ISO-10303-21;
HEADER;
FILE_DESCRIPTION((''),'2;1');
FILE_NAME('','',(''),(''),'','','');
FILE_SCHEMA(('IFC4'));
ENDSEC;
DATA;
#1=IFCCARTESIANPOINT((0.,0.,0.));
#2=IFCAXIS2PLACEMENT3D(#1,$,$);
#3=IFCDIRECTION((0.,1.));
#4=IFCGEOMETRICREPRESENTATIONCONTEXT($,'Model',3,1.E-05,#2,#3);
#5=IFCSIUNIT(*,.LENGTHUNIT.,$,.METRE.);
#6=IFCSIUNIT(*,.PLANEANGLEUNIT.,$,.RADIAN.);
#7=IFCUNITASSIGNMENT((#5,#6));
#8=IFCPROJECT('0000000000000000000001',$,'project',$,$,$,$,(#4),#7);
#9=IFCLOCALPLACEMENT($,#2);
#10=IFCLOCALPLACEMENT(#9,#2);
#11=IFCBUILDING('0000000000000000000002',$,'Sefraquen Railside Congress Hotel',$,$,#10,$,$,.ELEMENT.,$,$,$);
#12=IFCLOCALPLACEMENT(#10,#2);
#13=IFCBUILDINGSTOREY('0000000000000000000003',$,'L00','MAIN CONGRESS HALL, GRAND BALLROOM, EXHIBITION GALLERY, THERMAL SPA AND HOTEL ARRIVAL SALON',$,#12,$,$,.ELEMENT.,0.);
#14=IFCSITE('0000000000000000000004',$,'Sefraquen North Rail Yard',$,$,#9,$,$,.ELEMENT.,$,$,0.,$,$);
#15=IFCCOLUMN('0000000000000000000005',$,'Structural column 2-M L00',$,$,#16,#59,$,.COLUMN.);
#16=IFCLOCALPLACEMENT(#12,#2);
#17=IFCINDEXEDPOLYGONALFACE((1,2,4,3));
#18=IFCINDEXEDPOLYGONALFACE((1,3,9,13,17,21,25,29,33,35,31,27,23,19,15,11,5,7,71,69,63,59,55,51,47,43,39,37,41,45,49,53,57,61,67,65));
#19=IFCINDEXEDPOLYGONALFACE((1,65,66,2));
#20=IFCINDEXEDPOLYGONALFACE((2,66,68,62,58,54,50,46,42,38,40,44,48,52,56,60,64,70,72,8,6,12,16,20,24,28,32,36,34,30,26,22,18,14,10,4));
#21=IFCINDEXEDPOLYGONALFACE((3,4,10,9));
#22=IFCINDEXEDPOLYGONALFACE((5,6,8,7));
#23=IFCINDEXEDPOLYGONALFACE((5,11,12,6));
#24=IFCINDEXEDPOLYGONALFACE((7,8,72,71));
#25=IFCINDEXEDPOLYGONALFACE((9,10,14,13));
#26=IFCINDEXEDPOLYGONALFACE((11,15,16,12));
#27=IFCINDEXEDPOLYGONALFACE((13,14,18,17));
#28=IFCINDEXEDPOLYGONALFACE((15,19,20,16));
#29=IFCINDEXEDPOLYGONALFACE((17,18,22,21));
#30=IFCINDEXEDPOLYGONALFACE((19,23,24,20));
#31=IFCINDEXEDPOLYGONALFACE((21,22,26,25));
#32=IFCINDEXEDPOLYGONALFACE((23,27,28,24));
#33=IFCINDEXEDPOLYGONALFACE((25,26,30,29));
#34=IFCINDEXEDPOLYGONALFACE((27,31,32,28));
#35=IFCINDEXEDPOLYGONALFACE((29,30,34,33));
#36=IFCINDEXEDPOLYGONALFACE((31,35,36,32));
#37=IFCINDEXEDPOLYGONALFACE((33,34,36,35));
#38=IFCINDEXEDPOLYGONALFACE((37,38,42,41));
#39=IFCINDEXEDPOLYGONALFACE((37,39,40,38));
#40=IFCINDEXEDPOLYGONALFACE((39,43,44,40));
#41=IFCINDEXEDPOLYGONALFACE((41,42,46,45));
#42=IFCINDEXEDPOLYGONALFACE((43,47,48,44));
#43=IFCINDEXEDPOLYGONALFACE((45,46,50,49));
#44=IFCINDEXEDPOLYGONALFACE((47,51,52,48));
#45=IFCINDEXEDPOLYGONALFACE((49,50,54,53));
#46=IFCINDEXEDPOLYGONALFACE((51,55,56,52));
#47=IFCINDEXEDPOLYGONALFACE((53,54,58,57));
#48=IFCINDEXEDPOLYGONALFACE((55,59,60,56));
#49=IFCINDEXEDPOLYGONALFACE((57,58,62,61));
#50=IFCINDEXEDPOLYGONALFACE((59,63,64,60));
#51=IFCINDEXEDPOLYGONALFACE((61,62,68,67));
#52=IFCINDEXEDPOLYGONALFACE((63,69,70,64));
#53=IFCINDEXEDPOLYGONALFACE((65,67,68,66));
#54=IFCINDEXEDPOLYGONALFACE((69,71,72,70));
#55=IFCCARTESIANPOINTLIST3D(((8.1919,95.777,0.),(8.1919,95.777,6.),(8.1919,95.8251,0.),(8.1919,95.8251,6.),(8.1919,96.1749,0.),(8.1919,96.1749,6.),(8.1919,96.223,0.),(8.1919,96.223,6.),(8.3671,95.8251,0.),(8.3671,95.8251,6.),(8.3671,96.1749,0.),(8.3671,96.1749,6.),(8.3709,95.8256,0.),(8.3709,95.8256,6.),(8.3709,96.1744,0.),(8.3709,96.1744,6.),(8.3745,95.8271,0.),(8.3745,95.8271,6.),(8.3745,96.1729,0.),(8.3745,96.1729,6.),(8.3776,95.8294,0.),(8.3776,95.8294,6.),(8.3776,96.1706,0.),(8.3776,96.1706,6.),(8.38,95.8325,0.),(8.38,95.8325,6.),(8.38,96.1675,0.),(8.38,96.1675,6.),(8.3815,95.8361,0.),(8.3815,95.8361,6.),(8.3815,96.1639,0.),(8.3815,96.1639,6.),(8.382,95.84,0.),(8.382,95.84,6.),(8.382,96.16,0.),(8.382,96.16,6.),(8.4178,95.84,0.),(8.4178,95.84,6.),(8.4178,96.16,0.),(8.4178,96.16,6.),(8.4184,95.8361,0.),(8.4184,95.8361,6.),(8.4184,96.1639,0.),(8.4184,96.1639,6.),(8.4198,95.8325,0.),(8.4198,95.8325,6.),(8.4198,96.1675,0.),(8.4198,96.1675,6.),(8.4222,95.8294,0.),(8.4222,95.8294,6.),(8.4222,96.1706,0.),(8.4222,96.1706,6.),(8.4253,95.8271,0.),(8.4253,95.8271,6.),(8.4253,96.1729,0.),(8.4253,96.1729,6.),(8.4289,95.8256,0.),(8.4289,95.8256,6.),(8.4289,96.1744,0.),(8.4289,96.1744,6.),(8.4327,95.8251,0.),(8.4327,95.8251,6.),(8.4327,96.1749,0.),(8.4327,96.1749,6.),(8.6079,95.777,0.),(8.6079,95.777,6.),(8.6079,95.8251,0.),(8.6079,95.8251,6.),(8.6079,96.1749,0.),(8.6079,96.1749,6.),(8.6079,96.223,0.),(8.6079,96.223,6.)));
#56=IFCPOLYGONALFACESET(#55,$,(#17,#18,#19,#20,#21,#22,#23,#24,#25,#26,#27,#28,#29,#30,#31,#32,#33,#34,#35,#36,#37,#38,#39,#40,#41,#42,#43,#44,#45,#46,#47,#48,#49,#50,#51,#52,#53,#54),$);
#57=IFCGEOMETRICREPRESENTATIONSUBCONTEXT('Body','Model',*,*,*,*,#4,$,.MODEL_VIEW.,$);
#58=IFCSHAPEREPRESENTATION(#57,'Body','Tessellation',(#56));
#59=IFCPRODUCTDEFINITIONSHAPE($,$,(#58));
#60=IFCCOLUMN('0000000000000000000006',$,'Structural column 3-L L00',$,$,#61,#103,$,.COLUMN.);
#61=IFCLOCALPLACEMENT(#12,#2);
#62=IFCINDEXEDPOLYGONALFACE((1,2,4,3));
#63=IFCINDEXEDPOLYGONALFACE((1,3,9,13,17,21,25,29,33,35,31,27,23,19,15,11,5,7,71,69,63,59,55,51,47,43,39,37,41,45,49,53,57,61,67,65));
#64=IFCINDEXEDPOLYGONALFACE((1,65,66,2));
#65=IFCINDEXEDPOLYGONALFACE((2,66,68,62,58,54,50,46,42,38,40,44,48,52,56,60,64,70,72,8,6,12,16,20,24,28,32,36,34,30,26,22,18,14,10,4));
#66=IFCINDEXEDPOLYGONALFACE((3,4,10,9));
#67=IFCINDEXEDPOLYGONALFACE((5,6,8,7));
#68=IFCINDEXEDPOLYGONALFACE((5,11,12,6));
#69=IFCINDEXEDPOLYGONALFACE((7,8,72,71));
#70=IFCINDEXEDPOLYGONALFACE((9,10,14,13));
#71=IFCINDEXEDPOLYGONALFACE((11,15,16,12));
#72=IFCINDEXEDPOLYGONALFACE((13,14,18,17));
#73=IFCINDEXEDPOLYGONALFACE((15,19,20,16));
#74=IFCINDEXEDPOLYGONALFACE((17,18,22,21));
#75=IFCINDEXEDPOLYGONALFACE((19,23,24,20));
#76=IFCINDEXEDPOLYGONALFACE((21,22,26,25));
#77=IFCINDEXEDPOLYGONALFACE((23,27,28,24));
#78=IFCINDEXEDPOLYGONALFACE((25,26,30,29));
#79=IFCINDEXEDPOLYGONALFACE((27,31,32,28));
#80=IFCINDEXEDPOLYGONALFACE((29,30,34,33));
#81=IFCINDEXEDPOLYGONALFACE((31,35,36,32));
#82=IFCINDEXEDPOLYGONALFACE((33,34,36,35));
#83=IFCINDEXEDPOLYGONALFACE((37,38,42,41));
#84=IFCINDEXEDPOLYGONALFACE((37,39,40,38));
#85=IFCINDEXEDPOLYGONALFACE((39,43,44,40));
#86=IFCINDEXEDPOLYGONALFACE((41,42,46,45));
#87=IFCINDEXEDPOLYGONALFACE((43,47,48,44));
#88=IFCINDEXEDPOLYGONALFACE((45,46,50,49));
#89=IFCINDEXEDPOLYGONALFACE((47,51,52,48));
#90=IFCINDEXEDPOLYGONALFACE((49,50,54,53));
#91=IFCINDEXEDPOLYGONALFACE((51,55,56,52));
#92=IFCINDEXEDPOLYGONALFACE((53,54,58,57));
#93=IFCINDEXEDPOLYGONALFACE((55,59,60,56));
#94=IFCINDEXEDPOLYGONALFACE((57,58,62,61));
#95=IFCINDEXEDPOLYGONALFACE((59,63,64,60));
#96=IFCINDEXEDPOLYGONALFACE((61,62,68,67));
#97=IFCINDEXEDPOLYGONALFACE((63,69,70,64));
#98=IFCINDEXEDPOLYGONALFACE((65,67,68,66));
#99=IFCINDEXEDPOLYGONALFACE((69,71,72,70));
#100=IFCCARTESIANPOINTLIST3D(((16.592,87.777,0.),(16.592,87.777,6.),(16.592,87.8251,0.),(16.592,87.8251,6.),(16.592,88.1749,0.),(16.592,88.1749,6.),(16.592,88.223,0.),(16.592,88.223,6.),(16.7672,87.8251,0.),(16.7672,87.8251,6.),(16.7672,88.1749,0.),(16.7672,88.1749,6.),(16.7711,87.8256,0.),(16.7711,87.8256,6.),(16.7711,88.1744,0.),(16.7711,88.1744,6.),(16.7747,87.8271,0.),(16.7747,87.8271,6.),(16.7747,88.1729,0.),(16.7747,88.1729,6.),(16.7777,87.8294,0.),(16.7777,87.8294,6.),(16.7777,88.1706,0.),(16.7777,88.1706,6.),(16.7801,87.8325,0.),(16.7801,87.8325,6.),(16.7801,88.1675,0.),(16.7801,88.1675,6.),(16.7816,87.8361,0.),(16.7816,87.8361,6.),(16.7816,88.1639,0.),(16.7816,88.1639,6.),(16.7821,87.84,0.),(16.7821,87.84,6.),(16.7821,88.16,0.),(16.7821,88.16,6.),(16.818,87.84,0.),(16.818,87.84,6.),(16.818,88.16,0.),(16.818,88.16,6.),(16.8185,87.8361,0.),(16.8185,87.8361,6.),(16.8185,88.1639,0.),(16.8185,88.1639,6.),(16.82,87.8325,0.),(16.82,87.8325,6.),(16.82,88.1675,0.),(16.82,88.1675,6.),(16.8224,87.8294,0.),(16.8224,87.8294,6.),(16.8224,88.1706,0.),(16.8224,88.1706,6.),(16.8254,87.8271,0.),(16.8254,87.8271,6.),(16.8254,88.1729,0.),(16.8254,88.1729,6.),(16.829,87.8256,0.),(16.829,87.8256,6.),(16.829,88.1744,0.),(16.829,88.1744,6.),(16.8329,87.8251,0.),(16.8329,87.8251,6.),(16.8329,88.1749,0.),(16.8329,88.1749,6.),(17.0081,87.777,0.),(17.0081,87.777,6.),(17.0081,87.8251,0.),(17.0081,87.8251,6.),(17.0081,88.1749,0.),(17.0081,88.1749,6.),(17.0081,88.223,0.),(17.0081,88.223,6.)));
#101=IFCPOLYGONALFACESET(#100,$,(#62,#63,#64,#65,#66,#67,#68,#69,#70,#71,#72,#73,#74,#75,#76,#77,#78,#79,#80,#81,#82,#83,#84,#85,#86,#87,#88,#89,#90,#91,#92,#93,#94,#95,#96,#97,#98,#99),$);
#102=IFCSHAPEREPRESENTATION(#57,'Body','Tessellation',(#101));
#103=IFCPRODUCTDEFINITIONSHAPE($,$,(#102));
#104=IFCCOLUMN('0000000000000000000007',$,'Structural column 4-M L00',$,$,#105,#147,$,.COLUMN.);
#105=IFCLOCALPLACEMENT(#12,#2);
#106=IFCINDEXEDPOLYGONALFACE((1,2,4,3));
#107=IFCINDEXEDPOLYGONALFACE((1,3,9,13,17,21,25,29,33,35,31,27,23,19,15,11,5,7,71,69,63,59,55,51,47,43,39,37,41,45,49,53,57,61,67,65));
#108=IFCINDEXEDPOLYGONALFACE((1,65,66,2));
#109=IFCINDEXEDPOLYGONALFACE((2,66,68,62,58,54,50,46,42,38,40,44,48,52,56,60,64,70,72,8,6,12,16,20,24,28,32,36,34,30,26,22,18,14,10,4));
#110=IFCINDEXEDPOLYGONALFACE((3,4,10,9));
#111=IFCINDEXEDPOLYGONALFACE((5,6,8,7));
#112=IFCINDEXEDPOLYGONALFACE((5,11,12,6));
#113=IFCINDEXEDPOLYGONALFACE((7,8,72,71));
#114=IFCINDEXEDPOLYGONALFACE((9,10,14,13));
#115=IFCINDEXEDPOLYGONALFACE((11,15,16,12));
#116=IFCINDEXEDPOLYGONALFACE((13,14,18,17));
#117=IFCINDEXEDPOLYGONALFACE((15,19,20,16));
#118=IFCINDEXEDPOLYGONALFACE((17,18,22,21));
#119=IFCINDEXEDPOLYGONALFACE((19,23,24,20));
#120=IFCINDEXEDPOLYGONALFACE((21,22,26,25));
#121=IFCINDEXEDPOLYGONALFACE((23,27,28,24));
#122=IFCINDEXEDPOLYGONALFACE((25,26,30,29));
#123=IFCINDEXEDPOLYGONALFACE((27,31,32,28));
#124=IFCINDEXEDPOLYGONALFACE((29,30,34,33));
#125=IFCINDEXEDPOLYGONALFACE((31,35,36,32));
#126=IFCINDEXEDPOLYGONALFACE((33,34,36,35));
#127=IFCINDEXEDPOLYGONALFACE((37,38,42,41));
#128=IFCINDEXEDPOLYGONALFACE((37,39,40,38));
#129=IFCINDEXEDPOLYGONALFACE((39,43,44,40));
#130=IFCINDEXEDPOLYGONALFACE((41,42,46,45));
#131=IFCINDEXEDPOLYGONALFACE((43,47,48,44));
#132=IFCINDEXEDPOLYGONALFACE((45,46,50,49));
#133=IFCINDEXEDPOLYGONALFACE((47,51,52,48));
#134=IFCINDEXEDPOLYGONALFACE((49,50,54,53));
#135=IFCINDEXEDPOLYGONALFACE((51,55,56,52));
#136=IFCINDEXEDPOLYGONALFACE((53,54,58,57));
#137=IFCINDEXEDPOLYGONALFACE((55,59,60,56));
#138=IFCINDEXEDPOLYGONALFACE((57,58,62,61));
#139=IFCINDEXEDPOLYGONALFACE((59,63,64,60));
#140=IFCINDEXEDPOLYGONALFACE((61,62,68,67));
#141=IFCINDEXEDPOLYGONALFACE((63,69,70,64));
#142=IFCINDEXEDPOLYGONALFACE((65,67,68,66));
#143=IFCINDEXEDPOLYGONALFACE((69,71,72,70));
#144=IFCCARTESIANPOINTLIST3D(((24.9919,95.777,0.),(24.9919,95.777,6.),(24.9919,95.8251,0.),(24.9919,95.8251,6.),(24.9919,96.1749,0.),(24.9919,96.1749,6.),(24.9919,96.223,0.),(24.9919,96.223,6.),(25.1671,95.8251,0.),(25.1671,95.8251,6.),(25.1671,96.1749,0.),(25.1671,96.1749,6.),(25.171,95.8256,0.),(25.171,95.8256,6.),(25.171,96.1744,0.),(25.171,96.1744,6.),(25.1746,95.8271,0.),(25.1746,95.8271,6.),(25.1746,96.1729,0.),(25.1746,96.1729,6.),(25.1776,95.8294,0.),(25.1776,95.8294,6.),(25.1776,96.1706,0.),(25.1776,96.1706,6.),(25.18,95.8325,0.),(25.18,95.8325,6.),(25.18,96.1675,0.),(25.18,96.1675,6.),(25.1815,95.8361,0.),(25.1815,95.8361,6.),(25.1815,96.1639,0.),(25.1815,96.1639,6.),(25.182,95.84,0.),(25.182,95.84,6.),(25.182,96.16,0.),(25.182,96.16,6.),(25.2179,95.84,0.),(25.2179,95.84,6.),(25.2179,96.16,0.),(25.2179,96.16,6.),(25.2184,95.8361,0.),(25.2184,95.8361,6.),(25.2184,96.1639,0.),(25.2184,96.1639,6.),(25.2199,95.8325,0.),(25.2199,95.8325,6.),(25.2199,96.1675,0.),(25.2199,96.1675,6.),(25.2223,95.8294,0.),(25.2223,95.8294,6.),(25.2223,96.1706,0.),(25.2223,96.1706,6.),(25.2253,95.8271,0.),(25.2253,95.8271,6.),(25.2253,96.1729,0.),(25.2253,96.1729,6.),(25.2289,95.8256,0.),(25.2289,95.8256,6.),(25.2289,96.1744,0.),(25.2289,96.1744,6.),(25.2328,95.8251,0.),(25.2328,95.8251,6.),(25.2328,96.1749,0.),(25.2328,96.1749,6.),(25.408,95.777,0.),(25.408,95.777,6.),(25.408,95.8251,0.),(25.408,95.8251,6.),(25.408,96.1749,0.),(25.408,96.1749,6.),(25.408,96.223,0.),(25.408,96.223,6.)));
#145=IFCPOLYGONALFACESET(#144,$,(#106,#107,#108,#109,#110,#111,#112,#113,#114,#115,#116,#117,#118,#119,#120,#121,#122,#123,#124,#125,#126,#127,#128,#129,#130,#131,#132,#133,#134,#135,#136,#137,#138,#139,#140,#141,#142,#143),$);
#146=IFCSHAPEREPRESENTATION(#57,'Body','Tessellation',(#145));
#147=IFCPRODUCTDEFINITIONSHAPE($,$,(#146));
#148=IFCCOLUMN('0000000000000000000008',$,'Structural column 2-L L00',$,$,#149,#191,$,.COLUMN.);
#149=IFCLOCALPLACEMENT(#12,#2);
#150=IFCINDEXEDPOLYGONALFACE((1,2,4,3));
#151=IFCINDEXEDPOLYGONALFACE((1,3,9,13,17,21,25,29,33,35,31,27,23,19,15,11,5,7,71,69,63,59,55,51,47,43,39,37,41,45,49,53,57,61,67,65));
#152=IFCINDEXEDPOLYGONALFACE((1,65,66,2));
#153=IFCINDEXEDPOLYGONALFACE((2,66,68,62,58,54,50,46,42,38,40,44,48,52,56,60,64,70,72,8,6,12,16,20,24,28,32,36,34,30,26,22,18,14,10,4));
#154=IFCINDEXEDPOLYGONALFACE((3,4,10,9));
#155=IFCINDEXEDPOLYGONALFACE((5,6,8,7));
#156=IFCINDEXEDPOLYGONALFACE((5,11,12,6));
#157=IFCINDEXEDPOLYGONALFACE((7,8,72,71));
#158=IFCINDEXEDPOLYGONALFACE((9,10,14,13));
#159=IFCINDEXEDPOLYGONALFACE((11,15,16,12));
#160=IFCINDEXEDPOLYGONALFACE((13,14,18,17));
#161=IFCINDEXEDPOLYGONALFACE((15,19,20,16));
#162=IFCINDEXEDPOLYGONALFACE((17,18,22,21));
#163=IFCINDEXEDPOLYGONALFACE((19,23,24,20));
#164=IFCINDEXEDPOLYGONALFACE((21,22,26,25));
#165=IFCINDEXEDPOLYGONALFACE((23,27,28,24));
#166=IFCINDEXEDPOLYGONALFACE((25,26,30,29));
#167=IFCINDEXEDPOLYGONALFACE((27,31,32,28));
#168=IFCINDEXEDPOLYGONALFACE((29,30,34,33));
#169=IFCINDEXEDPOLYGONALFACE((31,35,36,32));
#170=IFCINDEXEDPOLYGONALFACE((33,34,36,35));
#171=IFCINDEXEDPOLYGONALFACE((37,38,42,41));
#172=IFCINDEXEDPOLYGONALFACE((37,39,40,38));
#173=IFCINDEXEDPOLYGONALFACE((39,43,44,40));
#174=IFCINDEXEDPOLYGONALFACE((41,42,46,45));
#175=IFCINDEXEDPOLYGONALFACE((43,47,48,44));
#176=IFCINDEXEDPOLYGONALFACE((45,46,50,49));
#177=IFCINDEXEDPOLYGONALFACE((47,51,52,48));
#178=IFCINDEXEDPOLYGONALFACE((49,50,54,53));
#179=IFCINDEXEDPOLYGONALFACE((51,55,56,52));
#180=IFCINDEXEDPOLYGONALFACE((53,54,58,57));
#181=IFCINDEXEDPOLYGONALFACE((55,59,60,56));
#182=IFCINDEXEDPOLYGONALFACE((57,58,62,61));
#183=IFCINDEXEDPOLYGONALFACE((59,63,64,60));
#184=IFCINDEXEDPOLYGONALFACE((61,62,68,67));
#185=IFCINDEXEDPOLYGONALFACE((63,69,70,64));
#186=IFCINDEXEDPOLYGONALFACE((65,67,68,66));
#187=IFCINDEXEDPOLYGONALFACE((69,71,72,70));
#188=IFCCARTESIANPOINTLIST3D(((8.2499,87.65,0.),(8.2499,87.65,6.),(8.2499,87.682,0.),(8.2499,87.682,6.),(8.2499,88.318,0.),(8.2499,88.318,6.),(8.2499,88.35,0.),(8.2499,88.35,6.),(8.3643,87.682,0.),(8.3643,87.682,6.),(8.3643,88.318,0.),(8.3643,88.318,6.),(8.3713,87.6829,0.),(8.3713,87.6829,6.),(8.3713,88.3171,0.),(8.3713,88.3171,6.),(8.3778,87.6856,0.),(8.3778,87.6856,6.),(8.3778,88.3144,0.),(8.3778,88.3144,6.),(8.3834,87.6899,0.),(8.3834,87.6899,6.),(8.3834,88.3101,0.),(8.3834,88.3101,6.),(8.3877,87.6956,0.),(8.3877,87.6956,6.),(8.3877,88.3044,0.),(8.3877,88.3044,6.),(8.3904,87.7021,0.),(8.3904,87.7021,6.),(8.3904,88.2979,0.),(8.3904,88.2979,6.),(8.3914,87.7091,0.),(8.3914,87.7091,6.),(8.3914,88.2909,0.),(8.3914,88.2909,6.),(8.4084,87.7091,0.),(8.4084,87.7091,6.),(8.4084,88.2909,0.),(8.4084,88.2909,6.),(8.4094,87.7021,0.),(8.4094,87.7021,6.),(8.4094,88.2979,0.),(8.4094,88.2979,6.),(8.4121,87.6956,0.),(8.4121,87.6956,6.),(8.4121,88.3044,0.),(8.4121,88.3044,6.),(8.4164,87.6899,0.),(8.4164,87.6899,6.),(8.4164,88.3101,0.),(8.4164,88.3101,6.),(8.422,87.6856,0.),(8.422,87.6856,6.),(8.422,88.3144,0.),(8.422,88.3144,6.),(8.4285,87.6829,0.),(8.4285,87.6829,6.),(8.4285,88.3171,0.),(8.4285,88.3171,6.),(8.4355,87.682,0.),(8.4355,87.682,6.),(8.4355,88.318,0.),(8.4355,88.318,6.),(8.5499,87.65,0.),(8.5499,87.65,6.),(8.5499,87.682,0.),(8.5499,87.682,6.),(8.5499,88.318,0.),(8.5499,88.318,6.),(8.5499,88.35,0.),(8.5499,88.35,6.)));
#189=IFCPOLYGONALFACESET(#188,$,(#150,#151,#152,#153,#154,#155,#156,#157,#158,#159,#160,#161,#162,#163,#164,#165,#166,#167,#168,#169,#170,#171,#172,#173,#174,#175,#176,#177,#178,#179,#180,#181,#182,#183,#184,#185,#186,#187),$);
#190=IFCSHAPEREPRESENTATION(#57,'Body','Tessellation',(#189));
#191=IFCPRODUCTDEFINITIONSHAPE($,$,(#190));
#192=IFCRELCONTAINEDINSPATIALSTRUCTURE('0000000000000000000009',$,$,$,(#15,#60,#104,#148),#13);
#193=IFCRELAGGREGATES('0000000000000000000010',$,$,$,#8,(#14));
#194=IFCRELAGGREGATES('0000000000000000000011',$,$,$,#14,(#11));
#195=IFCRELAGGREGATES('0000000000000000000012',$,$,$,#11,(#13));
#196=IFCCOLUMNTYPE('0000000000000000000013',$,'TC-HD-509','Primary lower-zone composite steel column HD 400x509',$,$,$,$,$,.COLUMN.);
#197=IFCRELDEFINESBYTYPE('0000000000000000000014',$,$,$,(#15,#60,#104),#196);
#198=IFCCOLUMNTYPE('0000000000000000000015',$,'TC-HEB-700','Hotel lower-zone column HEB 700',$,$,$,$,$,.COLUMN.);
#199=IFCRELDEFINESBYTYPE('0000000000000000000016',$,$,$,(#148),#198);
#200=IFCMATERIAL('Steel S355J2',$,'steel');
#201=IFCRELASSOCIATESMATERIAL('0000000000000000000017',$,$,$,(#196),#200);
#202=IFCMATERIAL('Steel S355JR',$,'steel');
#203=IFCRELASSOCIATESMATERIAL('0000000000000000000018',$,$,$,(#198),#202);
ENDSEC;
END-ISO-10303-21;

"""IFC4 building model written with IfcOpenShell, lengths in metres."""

from ifc_helpers import new_model, si_unit, direction, frame, origin, origin_2d, place, context, subcontext, project, spatial, i_section, extrude, material, material_profile, profile_set, type_object, element, save


model = new_model("IFC4")

# Units and contexts
model_context = context("Model", 3, precision=1e-05, world=origin(), true_north=direction((0.0, 1.0)))
body_context = subcontext(model_context, "Body", "Model", "MODEL_VIEW")
ifc_project = project(units=[si_unit("LENGTHUNIT", "METRE"), si_unit("PLANEANGLEUNIT", "RADIAN")], contexts=[model_context])

# Site, building, storey
site_placement = place(None, origin())
site = spatial("IfcSite", under=ifc_project, at=site_placement, Name="Sefraquen North Rail Yard", CompositionType="ELEMENT", RefElevation=0.0)
building_placement = place(site_placement, origin())
building = spatial("IfcBuilding", under=site, at=building_placement, Name="Sefraquen Railside Congress Hotel", CompositionType="ELEMENT")
storey_placement = place(building_placement, origin())
storey = spatial("IfcBuildingStorey", under=building, at=storey_placement, Name="L00", Description="MAIN CONGRESS HALL, GRAND BALLROOM, EXHIBITION GALLERY, THERMAL SPA AND HOTEL ARRIVAL SALON", CompositionType="ELEMENT", Elevation=0.0)

# Columns
ifc_material_1 = material(Name="Steel S355J2", Category="steel")
ifc_material_profile_1 = material_profile(ifc_material_1, i_section(OverallWidth=0.416, OverallDepth=0.446, WebThickness=0.0359, FlangeThickness=0.0481, FilletRadius=0.0149, at=origin_2d()), Name="HD 400x509")
ifc_profile_set_1 = profile_set([ifc_material_profile_1], Name="Steel S355J2")
column_type_1 = type_object("IfcColumnType", Name="TC-HD-509", Description="Primary lower-zone composite steel column HD 400x509", PredefinedType="COLUMN", material=ifc_profile_set_1)
for number, where, z_axis, x_axis, name in (
    (1, (8.3999, 96.0, 0.0), (0.0, 0.0, 1.0), (1.0, 0.0, 0.0), "Structural column 2-M L00"),
    (2, (16.8, 88.0, 0.0), (0.0, 0.0, 1.0), (1.0, 0.0, 0.0), "Structural column 3-L L00"),
    (3, (25.2, 96.0, 0.0), (0.0, 0.0, 1.0), (1.0, 0.0, 0.0), "Structural column 4-M L00"),
):
    element("IfcColumn", number, at=place(storey_placement, frame(where, z_axis=z_axis, x_axis=x_axis)), inside=storey, type_object=column_type_1, Name=name, PredefinedType="COLUMN", context=body_context, shape_type="SweptSolid", body=[
        extrude(i_section(OverallWidth=0.416, OverallDepth=0.446, WebThickness=0.0359, FlangeThickness=0.0481, FilletRadius=0.0149, at=origin_2d()), origin(), (0.0, 0.0, 1.0), 6.0),
    ])
ifc_material_2 = material(Name="Steel S355JR", Category="steel")
ifc_material_profile_2 = material_profile(ifc_material_2, i_section(OverallWidth=0.3, OverallDepth=0.7, WebThickness=0.0171, FlangeThickness=0.032, FilletRadius=0.0271, at=origin_2d()), Name="HEB 700")
ifc_profile_set_2 = profile_set([ifc_material_profile_2], Name="Steel S355JR")
column_type_2 = type_object("IfcColumnType", Name="TC-HEB-700", Description="Hotel lower-zone column HEB 700", PredefinedType="COLUMN", material=ifc_profile_set_2)
for number, where, z_axis, x_axis, name in (
    (4, (8.3999, 88.0, 0.0), (0.0, 0.0, 1.0), (1.0, 0.0, 0.0), "Structural column 2-L L00"),
):
    element("IfcColumn", number, at=place(storey_placement, frame(where, z_axis=z_axis, x_axis=x_axis)), inside=storey, type_object=column_type_2, Name=name, PredefinedType="COLUMN", context=body_context, shape_type="SweptSolid", body=[
        extrude(i_section(OverallWidth=0.3, OverallDepth=0.7, WebThickness=0.0171, FlangeThickness=0.032, FilletRadius=0.0271, at=origin_2d()), origin(), (0.0, 0.0, 1.0), 6.0),
    ])

save(model, "model.ifc")
